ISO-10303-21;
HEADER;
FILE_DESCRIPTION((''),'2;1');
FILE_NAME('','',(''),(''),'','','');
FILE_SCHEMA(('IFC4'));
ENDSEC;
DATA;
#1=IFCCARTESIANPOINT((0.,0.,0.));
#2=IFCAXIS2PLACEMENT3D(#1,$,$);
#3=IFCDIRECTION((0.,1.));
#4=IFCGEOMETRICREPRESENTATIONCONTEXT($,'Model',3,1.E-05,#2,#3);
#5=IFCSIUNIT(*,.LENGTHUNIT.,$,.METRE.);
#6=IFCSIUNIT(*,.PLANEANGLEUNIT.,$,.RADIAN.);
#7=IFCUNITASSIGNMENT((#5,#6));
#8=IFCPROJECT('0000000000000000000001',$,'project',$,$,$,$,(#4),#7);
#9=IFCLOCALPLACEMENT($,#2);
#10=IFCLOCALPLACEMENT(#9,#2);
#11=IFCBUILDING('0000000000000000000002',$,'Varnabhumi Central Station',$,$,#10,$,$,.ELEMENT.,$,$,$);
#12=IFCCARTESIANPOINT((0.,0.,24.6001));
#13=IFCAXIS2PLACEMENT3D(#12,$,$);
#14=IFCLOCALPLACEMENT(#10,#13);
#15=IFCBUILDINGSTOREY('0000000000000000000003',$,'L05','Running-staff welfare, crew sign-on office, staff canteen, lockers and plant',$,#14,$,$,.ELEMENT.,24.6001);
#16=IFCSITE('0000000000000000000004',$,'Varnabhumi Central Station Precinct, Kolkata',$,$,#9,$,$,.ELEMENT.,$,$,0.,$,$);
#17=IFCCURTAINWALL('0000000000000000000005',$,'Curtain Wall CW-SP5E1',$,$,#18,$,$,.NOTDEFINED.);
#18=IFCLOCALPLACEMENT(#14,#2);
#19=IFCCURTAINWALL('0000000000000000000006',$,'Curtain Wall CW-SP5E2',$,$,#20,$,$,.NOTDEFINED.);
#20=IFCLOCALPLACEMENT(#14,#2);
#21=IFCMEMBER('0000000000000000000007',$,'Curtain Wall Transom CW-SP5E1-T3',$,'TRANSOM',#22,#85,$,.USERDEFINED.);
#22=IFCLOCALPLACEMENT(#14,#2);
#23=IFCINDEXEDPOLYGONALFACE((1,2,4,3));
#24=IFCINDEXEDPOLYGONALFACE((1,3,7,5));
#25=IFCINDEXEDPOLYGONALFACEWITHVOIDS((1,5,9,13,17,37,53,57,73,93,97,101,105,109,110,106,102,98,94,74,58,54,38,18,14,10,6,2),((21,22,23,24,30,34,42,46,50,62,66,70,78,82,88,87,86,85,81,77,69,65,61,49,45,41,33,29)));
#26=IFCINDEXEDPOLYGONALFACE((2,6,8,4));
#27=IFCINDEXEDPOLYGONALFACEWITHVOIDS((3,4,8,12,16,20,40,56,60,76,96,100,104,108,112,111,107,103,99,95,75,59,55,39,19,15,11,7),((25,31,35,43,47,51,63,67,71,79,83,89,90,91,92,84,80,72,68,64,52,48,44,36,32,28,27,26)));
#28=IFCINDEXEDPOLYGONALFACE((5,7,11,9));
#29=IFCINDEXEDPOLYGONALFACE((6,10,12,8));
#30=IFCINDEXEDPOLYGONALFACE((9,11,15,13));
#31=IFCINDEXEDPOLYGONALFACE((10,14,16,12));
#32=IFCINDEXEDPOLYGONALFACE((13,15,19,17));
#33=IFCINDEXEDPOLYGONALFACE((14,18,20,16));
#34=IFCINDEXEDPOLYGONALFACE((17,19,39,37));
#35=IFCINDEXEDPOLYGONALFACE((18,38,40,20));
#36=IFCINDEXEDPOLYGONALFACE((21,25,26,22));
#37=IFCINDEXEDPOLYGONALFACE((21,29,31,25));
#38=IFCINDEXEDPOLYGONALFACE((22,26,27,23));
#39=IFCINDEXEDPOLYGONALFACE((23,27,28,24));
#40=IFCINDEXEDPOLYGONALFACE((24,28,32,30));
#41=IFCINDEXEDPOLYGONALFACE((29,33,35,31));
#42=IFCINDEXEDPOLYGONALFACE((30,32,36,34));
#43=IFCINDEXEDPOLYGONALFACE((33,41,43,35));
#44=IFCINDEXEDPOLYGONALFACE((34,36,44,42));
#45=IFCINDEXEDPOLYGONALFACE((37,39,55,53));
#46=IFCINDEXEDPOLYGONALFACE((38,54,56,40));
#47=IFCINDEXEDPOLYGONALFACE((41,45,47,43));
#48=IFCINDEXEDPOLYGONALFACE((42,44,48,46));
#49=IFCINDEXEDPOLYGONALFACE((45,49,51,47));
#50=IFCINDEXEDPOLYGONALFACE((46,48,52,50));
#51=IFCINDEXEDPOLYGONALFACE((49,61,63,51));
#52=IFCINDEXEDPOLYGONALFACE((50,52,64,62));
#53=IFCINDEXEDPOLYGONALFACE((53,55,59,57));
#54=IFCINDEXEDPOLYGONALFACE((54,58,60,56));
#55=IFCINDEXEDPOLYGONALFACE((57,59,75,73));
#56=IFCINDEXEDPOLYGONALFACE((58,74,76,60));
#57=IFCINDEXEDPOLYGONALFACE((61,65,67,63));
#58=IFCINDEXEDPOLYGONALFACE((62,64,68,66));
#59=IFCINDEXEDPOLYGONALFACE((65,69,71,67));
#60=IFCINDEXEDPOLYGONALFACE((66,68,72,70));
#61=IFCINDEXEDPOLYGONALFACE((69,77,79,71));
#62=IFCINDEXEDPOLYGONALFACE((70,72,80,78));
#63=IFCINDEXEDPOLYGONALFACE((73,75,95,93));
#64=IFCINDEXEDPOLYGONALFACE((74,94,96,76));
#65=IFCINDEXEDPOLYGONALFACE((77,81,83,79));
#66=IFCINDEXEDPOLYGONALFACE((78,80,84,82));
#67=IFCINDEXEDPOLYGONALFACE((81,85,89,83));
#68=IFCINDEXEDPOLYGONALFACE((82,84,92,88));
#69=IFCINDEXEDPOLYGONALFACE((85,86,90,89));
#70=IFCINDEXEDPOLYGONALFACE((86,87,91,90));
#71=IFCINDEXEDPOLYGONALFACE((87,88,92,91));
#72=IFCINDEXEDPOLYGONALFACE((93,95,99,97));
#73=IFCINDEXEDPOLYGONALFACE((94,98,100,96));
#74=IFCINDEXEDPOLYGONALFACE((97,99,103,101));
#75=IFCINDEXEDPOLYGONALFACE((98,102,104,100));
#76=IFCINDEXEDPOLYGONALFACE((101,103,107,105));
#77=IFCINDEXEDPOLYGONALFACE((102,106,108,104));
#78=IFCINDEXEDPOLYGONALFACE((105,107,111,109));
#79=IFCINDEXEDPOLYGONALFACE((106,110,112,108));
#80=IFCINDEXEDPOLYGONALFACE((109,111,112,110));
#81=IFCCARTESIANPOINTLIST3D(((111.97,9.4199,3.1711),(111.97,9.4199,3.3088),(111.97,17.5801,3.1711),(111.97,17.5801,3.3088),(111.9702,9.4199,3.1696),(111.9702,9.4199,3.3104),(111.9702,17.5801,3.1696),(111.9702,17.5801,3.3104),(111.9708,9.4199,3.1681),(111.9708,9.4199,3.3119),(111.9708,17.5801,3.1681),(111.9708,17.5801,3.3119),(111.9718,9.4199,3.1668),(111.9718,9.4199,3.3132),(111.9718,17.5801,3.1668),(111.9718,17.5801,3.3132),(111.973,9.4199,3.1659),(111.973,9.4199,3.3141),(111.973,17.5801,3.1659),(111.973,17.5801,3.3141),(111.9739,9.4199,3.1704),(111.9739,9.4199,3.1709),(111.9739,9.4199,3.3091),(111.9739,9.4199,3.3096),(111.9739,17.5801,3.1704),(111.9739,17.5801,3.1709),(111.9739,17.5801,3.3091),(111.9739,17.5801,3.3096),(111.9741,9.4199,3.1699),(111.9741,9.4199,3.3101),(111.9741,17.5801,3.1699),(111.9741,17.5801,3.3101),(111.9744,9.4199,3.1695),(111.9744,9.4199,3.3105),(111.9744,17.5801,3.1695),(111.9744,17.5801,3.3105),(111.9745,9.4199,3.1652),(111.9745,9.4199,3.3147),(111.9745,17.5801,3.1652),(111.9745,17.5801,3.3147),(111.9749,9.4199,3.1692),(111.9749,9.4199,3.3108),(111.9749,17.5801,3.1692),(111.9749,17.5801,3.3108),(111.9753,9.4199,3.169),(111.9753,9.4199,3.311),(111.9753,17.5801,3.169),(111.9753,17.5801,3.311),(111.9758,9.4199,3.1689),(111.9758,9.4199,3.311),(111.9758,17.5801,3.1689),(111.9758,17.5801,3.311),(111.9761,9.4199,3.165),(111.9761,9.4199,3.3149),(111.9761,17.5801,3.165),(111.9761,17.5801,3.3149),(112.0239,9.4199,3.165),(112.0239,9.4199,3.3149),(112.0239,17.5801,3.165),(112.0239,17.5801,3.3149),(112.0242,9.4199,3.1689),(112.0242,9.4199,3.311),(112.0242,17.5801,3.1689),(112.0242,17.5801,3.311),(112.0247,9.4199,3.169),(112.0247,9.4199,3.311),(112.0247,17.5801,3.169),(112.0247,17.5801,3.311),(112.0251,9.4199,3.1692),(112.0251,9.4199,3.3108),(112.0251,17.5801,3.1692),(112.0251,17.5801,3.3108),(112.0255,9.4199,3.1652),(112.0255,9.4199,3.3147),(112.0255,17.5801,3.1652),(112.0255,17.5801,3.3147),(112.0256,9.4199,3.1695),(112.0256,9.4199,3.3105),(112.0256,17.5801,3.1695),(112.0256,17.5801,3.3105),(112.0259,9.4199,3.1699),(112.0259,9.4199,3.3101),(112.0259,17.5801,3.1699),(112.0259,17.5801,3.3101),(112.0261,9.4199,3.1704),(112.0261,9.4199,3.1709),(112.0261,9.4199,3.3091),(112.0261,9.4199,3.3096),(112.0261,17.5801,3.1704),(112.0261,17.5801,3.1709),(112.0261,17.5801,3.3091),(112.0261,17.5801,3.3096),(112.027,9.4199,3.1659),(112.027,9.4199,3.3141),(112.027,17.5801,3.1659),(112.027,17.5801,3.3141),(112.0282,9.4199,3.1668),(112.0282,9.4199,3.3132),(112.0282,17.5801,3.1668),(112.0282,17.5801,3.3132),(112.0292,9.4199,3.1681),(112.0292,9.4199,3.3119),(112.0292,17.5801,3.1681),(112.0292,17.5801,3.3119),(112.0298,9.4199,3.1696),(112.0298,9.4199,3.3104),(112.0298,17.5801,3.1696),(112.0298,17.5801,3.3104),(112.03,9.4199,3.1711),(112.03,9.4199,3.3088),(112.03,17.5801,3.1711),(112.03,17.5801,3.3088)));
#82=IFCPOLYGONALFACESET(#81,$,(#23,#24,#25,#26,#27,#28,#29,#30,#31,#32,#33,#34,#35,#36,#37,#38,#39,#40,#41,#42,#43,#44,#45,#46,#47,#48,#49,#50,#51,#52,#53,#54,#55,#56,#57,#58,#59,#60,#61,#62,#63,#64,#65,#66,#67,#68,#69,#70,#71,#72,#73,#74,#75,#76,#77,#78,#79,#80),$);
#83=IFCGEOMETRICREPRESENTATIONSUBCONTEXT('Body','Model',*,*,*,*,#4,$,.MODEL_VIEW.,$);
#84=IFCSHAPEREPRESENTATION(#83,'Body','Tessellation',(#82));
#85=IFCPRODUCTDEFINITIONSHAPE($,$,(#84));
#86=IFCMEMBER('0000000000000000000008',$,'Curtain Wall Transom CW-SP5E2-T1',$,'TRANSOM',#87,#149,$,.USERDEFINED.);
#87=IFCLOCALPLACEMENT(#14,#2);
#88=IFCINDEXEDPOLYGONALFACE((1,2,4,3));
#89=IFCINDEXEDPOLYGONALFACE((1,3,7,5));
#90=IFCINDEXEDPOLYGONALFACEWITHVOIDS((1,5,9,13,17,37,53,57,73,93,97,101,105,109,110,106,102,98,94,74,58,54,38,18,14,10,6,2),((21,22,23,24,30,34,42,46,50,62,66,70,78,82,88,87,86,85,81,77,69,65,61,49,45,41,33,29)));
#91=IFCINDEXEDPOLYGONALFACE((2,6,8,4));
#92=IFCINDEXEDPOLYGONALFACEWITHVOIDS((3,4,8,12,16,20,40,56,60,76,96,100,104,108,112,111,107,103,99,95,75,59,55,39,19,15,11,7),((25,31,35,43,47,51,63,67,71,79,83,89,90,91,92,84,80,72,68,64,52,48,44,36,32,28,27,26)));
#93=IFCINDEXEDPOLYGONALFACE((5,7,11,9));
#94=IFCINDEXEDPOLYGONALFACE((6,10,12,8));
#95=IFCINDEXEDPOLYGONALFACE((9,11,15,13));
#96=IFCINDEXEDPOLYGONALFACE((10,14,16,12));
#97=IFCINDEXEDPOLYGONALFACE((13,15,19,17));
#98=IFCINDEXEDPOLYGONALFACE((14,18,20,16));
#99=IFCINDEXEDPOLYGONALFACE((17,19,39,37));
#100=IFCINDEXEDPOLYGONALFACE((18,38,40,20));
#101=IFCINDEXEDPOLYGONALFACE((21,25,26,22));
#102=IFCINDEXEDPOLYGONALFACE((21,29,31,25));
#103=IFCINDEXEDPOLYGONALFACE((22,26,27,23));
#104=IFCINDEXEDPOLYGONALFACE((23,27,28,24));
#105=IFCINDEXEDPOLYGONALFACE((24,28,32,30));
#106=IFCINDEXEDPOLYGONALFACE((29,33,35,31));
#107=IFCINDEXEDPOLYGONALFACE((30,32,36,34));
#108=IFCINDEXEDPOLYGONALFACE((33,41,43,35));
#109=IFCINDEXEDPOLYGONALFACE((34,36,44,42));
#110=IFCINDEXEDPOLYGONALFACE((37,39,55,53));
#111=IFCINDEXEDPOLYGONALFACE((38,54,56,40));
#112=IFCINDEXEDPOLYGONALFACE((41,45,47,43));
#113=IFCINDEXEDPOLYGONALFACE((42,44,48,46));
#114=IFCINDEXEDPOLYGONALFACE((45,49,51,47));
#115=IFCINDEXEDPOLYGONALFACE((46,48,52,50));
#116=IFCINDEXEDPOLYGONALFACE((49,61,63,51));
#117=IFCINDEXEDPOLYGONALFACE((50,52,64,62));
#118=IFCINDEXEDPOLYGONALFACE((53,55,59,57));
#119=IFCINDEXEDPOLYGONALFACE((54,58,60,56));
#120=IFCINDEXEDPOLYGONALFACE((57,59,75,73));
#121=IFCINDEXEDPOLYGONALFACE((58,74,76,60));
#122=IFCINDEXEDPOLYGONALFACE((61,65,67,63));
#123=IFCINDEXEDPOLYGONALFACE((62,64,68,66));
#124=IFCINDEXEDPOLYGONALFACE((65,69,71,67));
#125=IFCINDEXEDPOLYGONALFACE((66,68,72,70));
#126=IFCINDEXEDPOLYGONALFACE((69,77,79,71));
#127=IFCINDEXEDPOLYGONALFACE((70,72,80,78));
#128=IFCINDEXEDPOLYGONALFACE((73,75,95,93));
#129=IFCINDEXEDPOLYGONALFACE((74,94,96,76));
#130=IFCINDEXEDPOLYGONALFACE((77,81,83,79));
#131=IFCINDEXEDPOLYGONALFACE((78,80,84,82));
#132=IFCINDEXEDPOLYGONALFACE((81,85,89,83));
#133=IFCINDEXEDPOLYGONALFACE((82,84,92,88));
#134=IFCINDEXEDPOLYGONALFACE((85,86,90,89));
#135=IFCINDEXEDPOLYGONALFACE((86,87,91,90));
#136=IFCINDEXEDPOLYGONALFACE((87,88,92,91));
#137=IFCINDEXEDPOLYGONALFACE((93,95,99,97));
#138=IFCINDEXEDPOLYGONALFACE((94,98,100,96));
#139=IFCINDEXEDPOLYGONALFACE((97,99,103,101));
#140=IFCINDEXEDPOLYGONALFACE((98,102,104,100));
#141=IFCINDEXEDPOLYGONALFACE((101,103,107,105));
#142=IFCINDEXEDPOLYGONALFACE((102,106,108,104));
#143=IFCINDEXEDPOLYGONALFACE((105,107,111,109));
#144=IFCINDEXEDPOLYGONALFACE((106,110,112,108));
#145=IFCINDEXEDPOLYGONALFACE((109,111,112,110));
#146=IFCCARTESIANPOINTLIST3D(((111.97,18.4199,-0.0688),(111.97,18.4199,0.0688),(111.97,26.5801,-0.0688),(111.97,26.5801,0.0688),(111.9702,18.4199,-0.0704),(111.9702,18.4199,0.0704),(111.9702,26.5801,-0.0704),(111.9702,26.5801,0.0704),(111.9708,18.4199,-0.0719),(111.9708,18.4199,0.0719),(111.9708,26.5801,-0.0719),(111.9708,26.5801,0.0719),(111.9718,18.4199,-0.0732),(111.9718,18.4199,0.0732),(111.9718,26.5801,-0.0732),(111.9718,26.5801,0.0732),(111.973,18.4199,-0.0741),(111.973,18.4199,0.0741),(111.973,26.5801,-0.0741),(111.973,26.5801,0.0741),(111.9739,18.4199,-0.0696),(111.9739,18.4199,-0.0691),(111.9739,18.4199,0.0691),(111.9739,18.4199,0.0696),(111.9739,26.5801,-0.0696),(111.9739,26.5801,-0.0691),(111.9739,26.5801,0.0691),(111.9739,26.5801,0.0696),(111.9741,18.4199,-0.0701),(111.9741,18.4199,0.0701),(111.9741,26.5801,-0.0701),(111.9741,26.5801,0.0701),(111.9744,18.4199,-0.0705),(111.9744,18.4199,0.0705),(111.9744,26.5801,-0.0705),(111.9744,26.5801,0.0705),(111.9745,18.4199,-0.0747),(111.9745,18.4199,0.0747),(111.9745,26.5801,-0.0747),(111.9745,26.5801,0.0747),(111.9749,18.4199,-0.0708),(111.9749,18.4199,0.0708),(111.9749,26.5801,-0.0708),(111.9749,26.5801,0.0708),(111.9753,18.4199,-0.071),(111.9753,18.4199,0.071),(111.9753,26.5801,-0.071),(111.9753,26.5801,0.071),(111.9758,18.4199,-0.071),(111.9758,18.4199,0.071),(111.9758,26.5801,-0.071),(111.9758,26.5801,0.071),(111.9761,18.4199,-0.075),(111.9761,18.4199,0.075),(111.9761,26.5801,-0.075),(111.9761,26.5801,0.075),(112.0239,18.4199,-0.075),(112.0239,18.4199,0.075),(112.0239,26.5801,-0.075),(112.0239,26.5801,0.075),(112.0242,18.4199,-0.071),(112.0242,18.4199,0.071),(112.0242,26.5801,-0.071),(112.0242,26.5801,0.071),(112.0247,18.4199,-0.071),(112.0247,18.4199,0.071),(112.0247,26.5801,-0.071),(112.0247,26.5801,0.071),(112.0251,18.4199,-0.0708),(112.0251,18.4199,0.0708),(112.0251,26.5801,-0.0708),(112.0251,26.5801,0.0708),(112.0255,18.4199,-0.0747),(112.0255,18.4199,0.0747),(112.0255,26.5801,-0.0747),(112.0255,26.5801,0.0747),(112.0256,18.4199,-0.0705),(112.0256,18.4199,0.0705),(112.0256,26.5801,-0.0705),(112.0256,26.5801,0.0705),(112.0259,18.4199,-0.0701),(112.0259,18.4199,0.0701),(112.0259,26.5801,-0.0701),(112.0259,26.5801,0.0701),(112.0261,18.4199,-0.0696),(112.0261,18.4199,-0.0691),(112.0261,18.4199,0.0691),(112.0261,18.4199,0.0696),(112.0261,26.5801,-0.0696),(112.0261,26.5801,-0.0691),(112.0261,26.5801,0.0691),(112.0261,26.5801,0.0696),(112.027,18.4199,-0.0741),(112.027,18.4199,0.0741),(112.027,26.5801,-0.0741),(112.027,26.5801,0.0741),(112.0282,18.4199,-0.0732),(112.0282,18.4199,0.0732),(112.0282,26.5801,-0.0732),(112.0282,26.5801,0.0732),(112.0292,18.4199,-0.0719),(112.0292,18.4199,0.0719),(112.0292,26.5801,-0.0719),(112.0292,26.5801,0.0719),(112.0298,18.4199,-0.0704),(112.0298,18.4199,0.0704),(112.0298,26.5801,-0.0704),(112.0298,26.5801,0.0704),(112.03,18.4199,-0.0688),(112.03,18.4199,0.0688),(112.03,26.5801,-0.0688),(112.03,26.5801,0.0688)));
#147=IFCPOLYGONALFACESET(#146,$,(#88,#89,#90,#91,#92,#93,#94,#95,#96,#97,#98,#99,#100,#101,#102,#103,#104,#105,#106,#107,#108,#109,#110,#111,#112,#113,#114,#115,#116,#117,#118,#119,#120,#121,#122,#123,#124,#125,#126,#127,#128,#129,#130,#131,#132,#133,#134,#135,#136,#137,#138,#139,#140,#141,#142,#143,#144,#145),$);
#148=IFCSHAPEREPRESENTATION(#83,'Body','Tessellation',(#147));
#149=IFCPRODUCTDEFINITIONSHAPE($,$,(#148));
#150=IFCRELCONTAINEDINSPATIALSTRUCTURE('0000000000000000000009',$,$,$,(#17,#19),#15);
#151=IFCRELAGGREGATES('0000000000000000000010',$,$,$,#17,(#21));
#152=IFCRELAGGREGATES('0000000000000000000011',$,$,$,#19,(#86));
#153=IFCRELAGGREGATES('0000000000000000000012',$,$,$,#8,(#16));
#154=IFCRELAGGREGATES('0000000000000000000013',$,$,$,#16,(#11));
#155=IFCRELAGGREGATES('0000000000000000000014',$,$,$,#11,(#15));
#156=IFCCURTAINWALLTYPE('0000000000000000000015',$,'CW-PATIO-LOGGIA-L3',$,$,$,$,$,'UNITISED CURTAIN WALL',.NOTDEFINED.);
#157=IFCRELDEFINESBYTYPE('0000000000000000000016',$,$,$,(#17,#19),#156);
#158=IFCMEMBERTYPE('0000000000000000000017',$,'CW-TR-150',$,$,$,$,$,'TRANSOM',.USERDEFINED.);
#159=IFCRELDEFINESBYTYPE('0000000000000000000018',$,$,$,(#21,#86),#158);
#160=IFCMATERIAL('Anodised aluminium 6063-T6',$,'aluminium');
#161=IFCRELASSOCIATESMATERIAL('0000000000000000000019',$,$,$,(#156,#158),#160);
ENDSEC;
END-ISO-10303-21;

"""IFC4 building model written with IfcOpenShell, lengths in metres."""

from ifc_helpers import new_model, si_unit, direction, frame, origin, origin_2d, place, context, subcontext, project, spatial, hollow_rectangle, extrude, material, material_profile, profile_set, type_object, element, aggregate, save


model = new_model("IFC4")

# Units and contexts
model_context = context("Model", 3, precision=1e-05, world=origin(), true_north=direction((0.0, 1.0)))
body_context = subcontext(model_context, "Body", "Model", "MODEL_VIEW")
ifc_project = project(units=[si_unit("LENGTHUNIT", "METRE"), si_unit("PLANEANGLEUNIT", "RADIAN")], contexts=[model_context])

# Site, building, storey
site_placement = place(None, origin())
site = spatial("IfcSite", under=ifc_project, at=site_placement, Name="Varnabhumi Central Station Precinct, Kolkata", CompositionType="ELEMENT", RefElevation=0.0)
building_placement = place(site_placement, origin())
building = spatial("IfcBuilding", under=site, at=building_placement, Name="Varnabhumi Central Station", CompositionType="ELEMENT")
storey_placement = place(building_placement, frame((0.0, 0.0, 24.6001)))
storey = spatial("IfcBuildingStorey", under=building, at=storey_placement, Name="L05", Description="Running-staff welfare, crew sign-on office, staff canteen, lockers and plant", CompositionType="ELEMENT", Elevation=24.6001)

# Curtain walls
ifc_material_1 = material(Name="Anodised aluminium 6063-T6", Category="aluminium")
curtain_wall_type = type_object("IfcCurtainWallType", Name="CW-PATIO-LOGGIA-L3", ElementType="UNITISED CURTAIN WALL", PredefinedType="NOTDEFINED", material=ifc_material_1)
curtain_wall_1_placement = place(storey_placement, origin())
curtain_wall_1 = element("IfcCurtainWall", 1, at=curtain_wall_1_placement, inside=storey, type_object=curtain_wall_type, Name="Curtain Wall CW-SP5E1", PredefinedType="NOTDEFINED")
curtain_wall_2_placement = place(storey_placement, origin())
curtain_wall_2 = element("IfcCurtainWall", 2, at=curtain_wall_2_placement, inside=storey, type_object=curtain_wall_type, Name="Curtain Wall CW-SP5E2", PredefinedType="NOTDEFINED")

# Members
ifc_material_profile_1 = material_profile(ifc_material_1, hollow_rectangle(XDim=0.0601, YDim=0.1499, WallThickness=0.0039, InnerFilletRadius=0.002, OuterFilletRadius=0.0061, at=origin_2d()), Name="Anodised aluminium 6063-T6", Category="aluminium")
ifc_profile_set_1 = profile_set([ifc_material_profile_1], Name="Anodised aluminium 6063-T6")
member_type_1 = type_object("IfcMemberType", Name="CW-TR-150", ElementType="TRANSOM", PredefinedType="USERDEFINED", material=ifc_profile_set_1)
member_1_placement = place(storey_placement, frame((112.0, 9.4199, 3.24), z_axis=(0.0, 1.0, 0.0), x_axis=(-1.0, 0.0, 0.0)))
member_1 = element("IfcMember", 3, at=member_1_placement, type_object=member_type_1, Name="Curtain Wall Transom CW-SP5E1-T3", ObjectType="TRANSOM", PredefinedType="USERDEFINED", context=body_context, shape_type="SweptSolid", body=[
    extrude(hollow_rectangle(XDim=0.0601, YDim=0.1499, WallThickness=0.0039, InnerFilletRadius=0.002, OuterFilletRadius=0.0061, at=origin_2d()), origin(), (0.0, 0.0, 1.0), 8.1602),
])
member_2_placement = place(storey_placement, frame((112.0, 18.4199, 0.0), z_axis=(0.0, 1.0, 0.0), x_axis=(-1.0, 0.0, 0.0)))
member_2 = element("IfcMember", 4, at=member_2_placement, type_object=member_type_1, Name="Curtain Wall Transom CW-SP5E2-T1", ObjectType="TRANSOM", PredefinedType="USERDEFINED", context=body_context, shape_type="SweptSolid", body=[
    extrude(hollow_rectangle(XDim=0.0601, YDim=0.1499, WallThickness=0.0039, InnerFilletRadius=0.002, OuterFilletRadius=0.0061, at=origin_2d()), origin(), (0.0, 0.0, 1.0), 8.1602),
])

aggregate(curtain_wall_1, [member_1])
aggregate(curtain_wall_2, [member_2])

save(model, "model.ifc")
